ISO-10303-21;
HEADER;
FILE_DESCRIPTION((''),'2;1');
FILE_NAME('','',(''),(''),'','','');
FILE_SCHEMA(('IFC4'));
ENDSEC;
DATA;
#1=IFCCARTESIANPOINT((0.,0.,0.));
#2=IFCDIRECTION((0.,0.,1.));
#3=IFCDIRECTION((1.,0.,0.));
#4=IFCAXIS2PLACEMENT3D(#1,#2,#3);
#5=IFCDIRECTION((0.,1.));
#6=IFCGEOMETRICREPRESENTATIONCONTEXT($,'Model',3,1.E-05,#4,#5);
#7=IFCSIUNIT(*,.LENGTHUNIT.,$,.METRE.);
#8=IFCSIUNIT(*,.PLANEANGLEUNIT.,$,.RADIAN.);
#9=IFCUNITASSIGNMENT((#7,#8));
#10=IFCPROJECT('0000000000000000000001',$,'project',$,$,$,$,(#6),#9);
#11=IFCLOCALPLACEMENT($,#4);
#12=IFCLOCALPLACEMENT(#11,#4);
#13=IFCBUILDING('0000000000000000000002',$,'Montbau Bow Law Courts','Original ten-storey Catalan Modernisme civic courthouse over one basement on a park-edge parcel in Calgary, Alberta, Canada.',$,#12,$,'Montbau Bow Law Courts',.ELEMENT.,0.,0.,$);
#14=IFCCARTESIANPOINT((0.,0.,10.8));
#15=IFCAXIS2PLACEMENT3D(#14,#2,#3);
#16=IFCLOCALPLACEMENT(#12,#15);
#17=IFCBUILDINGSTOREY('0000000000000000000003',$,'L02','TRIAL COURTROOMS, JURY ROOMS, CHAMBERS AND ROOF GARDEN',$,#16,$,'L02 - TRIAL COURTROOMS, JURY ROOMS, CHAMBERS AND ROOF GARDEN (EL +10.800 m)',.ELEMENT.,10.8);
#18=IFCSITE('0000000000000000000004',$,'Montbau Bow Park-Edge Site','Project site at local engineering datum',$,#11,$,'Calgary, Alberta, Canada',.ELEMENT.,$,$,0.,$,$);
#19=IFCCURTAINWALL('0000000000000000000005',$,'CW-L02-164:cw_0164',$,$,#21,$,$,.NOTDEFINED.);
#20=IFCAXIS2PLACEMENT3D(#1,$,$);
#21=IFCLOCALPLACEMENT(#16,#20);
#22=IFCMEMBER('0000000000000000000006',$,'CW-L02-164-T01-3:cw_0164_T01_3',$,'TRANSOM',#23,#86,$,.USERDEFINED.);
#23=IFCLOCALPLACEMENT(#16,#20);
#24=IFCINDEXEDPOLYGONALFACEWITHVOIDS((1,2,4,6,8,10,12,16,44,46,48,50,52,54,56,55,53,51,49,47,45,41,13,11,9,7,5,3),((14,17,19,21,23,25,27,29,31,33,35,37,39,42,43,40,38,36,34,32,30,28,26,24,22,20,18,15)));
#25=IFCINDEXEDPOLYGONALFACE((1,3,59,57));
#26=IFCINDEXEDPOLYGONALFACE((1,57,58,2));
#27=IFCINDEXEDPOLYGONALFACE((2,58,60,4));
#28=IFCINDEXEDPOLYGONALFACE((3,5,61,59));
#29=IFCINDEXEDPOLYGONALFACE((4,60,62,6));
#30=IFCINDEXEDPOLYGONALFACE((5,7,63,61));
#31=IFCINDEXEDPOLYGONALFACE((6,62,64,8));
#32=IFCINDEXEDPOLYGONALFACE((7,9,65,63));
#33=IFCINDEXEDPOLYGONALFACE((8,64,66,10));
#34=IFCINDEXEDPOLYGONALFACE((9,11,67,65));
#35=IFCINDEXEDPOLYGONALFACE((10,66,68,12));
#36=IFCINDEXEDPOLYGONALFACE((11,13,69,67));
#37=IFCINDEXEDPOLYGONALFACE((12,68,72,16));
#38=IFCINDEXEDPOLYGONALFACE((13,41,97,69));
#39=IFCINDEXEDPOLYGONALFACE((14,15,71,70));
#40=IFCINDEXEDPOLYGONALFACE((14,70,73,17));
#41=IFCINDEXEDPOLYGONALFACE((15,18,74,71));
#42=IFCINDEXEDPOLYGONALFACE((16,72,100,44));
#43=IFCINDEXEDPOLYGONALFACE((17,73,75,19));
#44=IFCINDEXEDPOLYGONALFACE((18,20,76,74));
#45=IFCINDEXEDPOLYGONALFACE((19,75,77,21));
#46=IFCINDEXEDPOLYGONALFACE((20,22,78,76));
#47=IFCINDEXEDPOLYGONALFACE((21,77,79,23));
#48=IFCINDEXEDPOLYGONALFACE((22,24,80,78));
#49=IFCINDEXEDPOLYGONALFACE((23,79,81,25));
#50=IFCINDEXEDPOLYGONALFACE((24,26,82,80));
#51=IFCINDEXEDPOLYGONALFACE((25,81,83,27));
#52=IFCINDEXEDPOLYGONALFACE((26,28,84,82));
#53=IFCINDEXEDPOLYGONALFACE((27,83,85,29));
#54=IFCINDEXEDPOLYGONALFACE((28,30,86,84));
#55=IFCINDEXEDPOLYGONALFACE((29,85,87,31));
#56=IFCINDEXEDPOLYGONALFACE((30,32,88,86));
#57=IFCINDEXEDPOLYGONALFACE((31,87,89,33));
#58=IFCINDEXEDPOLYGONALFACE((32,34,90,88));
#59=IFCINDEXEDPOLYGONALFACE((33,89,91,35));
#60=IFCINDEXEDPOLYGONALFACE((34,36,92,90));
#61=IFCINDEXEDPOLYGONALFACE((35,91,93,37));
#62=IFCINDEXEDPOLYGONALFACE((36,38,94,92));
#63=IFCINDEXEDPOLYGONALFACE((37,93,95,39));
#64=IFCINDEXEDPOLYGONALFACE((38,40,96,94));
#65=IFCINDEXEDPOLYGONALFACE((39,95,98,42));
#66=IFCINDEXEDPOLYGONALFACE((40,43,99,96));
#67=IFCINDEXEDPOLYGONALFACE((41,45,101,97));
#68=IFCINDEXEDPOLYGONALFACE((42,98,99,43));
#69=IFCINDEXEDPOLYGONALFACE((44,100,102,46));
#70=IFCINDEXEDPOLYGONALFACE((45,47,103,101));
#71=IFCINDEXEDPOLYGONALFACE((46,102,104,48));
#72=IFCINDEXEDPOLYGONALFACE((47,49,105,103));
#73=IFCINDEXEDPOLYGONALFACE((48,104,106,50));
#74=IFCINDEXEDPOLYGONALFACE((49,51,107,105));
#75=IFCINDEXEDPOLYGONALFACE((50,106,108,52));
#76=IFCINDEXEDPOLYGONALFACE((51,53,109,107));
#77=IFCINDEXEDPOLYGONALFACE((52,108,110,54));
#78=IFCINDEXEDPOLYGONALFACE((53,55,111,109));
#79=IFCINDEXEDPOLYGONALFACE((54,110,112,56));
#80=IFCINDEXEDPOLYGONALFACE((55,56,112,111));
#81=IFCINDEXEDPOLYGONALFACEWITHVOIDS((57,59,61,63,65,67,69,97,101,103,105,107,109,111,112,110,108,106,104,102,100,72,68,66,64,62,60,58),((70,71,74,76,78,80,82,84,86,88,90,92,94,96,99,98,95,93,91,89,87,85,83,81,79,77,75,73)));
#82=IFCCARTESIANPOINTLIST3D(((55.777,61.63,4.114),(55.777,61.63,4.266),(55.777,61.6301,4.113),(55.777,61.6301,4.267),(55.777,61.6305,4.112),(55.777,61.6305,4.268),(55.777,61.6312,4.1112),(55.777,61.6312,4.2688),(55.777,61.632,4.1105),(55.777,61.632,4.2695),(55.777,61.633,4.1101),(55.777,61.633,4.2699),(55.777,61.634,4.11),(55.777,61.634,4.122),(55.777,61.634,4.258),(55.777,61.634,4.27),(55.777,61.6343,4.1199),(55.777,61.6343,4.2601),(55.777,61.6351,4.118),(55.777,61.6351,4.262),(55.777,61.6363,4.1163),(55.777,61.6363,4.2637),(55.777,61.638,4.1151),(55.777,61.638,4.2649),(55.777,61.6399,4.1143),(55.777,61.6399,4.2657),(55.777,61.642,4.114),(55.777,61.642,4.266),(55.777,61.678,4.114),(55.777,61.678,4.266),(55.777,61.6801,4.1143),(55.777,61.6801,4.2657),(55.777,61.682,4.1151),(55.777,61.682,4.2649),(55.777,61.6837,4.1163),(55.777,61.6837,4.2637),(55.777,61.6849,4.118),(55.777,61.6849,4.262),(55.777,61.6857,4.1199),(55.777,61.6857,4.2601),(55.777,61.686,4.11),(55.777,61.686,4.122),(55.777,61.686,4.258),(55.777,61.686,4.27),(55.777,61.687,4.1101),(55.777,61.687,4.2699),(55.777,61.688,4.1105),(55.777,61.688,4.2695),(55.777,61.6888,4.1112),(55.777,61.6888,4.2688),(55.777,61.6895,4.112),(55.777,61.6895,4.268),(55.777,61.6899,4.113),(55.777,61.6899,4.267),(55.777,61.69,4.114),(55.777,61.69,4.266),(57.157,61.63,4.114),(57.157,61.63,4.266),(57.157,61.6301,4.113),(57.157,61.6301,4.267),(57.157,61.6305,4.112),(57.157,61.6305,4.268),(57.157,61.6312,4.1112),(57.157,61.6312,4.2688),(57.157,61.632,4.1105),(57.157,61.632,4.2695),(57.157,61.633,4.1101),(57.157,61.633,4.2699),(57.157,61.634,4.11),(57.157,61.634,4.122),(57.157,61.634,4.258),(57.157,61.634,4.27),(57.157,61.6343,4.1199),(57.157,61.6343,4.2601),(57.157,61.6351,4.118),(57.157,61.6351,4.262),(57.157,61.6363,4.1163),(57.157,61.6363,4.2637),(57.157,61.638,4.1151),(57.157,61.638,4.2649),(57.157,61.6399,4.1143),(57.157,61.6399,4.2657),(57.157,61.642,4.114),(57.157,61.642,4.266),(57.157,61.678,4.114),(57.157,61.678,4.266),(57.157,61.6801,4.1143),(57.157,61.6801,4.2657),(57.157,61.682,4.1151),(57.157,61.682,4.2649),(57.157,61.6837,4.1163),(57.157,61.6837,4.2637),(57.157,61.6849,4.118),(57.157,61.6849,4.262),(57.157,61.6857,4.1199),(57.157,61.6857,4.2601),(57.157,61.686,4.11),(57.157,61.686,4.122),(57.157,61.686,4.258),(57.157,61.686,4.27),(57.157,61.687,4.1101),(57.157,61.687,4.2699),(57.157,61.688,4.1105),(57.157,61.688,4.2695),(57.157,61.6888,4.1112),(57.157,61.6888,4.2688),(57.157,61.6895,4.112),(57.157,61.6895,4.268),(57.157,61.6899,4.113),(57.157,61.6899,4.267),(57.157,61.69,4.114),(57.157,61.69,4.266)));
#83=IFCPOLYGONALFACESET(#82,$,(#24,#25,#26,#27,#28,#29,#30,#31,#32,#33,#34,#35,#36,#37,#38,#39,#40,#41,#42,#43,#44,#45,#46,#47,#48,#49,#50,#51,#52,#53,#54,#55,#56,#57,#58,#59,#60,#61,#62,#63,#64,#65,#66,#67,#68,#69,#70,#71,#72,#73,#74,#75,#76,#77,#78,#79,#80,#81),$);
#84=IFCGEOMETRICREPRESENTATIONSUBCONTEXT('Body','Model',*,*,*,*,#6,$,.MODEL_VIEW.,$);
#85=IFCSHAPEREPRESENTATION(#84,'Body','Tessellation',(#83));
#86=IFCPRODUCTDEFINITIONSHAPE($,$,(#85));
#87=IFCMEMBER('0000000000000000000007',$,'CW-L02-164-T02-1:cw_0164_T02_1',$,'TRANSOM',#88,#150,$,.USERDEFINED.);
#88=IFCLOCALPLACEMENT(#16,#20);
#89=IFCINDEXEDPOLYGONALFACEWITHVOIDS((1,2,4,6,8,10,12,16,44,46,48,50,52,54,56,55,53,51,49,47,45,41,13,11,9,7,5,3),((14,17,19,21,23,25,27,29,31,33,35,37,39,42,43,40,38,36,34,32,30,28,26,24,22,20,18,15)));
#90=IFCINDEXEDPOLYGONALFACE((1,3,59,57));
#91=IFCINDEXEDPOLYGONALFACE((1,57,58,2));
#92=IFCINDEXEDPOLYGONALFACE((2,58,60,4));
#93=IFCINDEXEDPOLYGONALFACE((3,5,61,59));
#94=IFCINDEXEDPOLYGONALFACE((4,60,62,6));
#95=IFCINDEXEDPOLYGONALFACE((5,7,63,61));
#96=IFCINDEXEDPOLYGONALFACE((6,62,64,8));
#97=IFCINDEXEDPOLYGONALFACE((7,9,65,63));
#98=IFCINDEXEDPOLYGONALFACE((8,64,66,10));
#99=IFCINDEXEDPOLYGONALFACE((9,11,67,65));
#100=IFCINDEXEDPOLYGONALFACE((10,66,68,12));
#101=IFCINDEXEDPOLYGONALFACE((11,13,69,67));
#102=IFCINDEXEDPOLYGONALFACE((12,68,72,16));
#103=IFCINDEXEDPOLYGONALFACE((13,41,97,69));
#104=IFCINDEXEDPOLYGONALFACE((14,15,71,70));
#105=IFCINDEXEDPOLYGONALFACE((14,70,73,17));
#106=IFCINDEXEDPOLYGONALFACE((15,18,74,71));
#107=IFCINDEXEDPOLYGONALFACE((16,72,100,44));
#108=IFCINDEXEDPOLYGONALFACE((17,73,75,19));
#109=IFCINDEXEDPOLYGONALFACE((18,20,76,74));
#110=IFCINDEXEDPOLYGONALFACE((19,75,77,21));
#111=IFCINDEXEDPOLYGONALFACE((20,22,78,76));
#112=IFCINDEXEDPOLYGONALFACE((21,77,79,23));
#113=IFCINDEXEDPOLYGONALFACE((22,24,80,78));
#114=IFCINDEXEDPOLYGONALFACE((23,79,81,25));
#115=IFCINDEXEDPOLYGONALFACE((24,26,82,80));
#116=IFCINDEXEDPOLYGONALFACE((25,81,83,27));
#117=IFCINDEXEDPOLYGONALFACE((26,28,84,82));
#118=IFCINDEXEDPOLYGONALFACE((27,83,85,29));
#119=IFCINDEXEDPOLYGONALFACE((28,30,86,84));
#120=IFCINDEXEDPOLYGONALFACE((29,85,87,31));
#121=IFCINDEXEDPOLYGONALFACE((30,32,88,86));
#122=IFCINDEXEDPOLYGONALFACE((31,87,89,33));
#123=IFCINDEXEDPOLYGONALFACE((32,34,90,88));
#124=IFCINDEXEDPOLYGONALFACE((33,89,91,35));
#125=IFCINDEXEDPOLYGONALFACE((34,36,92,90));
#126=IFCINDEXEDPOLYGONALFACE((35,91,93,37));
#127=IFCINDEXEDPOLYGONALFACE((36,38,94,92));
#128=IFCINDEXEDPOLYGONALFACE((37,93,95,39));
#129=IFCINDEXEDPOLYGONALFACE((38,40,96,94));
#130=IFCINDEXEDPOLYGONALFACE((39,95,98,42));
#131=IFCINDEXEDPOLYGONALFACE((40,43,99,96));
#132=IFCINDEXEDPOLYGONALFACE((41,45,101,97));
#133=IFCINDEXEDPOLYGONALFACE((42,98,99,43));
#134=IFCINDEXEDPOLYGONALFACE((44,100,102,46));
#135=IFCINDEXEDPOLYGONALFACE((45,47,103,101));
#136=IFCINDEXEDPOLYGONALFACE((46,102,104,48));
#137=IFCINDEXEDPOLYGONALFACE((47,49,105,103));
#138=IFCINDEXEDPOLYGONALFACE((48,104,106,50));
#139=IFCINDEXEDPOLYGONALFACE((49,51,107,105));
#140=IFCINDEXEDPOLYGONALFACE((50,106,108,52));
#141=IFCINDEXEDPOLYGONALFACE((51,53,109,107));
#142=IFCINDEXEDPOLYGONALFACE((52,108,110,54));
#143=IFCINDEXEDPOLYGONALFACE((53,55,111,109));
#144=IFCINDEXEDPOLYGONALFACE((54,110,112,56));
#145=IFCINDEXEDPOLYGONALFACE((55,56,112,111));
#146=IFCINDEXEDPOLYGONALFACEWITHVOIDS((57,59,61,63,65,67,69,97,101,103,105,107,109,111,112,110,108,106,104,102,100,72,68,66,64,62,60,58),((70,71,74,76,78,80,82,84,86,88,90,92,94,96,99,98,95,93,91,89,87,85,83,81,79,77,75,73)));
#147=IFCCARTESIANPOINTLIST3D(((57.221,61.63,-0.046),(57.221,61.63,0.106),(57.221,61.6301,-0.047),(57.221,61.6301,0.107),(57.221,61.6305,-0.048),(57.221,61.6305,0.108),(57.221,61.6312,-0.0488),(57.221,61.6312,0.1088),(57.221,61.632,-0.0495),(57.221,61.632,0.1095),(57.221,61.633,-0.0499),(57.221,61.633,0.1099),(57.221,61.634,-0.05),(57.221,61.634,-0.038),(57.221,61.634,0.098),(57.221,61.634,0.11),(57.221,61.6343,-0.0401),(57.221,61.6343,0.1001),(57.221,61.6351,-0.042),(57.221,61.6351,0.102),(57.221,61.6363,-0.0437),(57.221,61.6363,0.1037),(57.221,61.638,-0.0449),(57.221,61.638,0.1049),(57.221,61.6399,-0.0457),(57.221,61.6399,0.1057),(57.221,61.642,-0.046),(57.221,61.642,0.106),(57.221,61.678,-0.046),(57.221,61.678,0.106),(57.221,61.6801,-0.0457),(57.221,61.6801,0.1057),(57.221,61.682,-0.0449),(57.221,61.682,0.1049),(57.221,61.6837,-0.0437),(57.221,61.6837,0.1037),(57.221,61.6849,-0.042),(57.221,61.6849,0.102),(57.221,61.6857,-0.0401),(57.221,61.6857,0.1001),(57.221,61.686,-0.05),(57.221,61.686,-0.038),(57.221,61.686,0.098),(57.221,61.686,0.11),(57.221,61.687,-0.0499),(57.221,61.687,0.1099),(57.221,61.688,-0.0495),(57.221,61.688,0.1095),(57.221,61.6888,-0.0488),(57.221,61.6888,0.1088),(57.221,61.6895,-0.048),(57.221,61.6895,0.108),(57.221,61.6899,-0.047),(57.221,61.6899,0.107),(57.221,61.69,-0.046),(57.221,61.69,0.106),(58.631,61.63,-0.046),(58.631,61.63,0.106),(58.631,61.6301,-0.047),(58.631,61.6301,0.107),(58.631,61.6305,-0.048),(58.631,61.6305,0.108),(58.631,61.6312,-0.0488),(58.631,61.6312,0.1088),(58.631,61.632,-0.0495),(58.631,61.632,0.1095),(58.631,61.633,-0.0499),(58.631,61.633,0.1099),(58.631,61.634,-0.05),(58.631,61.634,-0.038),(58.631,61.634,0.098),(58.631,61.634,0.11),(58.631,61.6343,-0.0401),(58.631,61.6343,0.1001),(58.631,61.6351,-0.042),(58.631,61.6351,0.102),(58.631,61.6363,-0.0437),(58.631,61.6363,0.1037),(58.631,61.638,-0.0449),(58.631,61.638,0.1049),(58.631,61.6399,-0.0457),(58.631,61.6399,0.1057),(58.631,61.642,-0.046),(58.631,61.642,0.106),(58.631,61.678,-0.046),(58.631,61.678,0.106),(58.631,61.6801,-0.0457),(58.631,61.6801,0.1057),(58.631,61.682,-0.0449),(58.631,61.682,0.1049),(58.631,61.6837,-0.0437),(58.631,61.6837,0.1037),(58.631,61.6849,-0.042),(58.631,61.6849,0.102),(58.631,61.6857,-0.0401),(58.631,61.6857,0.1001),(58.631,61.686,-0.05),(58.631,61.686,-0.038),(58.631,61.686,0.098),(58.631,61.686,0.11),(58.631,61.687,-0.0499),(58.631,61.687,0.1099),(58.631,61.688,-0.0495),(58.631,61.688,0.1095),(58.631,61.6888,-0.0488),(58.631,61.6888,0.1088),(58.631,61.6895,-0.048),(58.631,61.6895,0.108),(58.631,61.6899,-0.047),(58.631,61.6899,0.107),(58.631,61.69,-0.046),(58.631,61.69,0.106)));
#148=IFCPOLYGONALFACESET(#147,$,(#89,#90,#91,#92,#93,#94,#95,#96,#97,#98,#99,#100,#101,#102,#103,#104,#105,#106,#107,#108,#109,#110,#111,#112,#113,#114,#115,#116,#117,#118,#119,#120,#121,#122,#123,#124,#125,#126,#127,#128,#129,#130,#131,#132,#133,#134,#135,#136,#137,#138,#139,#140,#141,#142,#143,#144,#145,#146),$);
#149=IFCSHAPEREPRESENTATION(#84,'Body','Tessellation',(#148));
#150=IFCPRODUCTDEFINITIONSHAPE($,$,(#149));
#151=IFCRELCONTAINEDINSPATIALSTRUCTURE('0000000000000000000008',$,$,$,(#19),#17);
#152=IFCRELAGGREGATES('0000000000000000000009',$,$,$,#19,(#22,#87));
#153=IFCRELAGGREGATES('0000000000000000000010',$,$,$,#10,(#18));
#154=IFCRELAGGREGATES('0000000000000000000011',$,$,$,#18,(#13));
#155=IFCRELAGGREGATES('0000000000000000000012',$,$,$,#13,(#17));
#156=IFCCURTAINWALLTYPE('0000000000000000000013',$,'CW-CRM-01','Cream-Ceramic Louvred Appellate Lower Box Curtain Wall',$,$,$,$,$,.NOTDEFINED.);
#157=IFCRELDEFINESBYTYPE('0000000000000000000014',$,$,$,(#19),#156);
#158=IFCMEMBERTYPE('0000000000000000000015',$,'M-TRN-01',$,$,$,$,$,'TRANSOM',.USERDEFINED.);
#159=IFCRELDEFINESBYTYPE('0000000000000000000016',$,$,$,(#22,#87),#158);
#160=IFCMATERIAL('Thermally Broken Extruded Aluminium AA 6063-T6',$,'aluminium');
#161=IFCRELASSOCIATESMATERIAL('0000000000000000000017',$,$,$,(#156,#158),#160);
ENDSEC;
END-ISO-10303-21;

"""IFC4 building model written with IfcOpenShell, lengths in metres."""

from ifc_helpers import new_model, si_unit, direction, frame, origin_with_axes, origin_2d_with_axis, place, context, subcontext, project, spatial, hollow_rectangle, extrude, material, material_profile, profile_set, type_object, element, aggregate, save


model = new_model("IFC4")

# Units and contexts
model_context = context("Model", 3, precision=1e-05, world=origin_with_axes(), true_north=direction((0.0, 1.0)))
body_context = subcontext(model_context, "Body", "Model", "MODEL_VIEW")
ifc_project = project(units=[si_unit("LENGTHUNIT", "METRE"), si_unit("PLANEANGLEUNIT", "RADIAN")], contexts=[model_context])

# Site, building, storey
site_placement = place(None, origin_with_axes())
site = spatial("IfcSite", under=ifc_project, at=site_placement, Name="Montbau Bow Park-Edge Site", Description="Project site at local engineering datum", LongName="Calgary, Alberta, Canada", CompositionType="ELEMENT", RefElevation=0.0)
building_placement = place(site_placement, origin_with_axes())
building = spatial("IfcBuilding", under=site, at=building_placement, Name="Montbau Bow Law Courts", Description="Original ten-storey Catalan Modernisme civic courthouse over one basement on a park-edge parcel in Calgary, Alberta, Canada.", LongName="Montbau Bow Law Courts", CompositionType="ELEMENT", ElevationOfRefHeight=0.0, ElevationOfTerrain=0.0)
storey_placement = place(building_placement, frame((0.0, 0.0, 10.8), z_axis=(0.0, 0.0, 1.0), x_axis=(1.0, 0.0, 0.0)))
storey = spatial("IfcBuildingStorey", under=building, at=storey_placement, Name="L02", Description="TRIAL COURTROOMS, JURY ROOMS, CHAMBERS AND ROOF GARDEN", LongName="L02 - TRIAL COURTROOMS, JURY ROOMS, CHAMBERS AND ROOF GARDEN (EL +10.800 m)", CompositionType="ELEMENT", Elevation=10.8)

# Curtain wall, members
ifc_material_1 = material(Name="Thermally Broken Extruded Aluminium AA 6063-T6", Category="aluminium")
curtain_wall_type = type_object("IfcCurtainWallType", Name="CW-CRM-01", Description="Cream-Ceramic Louvred Appellate Lower Box Curtain Wall", PredefinedType="NOTDEFINED", material=ifc_material_1)
curtain_wall_1_placement = place(None, frame((55.715, 61.66, 10.8), z_axis=(0.0, 0.0, 1.0), x_axis=(1.0, 0.0, 0.0)))
curtain_wall_1 = element("IfcCurtainWall", 1, at=curtain_wall_1_placement, inside=storey, type_object=curtain_wall_type, Name="CW-L02-164:cw_0164", PredefinedType="NOTDEFINED")
ifc_material_profile_1 = material_profile(ifc_material_1, hollow_rectangle(XDim=0.06, YDim=0.16, WallThickness=0.004, InnerFilletRadius=0.008, OuterFilletRadius=0.004, at=origin_2d_with_axis()), Name="CWT-160X60", Category="Main", Priority=0)
ifc_profile_set_1 = profile_set([ifc_material_profile_1], Name="Thermally Broken Extruded Aluminium AA 6063-T6")
member_type_1 = type_object("IfcMemberType", Name="M-TRN-01", ElementType="TRANSOM", PredefinedType="USERDEFINED", material=ifc_profile_set_1)
member_1_placement = place(None, frame((55.777, 61.66, 14.99), z_axis=(1.0, 0.0, 0.0), x_axis=(0.0, 1.0, 0.0)))
member_1 = element("IfcMember", 2, at=member_1_placement, type_object=member_type_1, Name="CW-L02-164-T01-3:cw_0164_T01_3", ObjectType="TRANSOM", PredefinedType="USERDEFINED", context=body_context, shape_type="SweptSolid", body=[
    extrude(hollow_rectangle(XDim=0.06, YDim=0.16, WallThickness=0.004, InnerFilletRadius=0.008, OuterFilletRadius=0.004, at=origin_2d_with_axis()), origin_with_axes(), (0.0, 0.0, 1.0), 1.38),
])
member_2_placement = place(None, frame((57.221, 61.66, 10.83), z_axis=(1.0, 0.0, 0.0), x_axis=(0.0, 1.0, 0.0)))
member_2 = element("IfcMember", 3, at=member_2_placement, type_object=member_type_1, Name="CW-L02-164-T02-1:cw_0164_T02_1", ObjectType="TRANSOM", PredefinedType="USERDEFINED", context=body_context, shape_type="SweptSolid", body=[
    extrude(hollow_rectangle(XDim=0.06, YDim=0.16, WallThickness=0.004, InnerFilletRadius=0.008, OuterFilletRadius=0.004, at=origin_2d_with_axis()), origin_with_axes(), (0.0, 0.0, 1.0), 1.41),
])

aggregate(curtain_wall_1, [member_1, member_2])

save(model, "model.ifc")
